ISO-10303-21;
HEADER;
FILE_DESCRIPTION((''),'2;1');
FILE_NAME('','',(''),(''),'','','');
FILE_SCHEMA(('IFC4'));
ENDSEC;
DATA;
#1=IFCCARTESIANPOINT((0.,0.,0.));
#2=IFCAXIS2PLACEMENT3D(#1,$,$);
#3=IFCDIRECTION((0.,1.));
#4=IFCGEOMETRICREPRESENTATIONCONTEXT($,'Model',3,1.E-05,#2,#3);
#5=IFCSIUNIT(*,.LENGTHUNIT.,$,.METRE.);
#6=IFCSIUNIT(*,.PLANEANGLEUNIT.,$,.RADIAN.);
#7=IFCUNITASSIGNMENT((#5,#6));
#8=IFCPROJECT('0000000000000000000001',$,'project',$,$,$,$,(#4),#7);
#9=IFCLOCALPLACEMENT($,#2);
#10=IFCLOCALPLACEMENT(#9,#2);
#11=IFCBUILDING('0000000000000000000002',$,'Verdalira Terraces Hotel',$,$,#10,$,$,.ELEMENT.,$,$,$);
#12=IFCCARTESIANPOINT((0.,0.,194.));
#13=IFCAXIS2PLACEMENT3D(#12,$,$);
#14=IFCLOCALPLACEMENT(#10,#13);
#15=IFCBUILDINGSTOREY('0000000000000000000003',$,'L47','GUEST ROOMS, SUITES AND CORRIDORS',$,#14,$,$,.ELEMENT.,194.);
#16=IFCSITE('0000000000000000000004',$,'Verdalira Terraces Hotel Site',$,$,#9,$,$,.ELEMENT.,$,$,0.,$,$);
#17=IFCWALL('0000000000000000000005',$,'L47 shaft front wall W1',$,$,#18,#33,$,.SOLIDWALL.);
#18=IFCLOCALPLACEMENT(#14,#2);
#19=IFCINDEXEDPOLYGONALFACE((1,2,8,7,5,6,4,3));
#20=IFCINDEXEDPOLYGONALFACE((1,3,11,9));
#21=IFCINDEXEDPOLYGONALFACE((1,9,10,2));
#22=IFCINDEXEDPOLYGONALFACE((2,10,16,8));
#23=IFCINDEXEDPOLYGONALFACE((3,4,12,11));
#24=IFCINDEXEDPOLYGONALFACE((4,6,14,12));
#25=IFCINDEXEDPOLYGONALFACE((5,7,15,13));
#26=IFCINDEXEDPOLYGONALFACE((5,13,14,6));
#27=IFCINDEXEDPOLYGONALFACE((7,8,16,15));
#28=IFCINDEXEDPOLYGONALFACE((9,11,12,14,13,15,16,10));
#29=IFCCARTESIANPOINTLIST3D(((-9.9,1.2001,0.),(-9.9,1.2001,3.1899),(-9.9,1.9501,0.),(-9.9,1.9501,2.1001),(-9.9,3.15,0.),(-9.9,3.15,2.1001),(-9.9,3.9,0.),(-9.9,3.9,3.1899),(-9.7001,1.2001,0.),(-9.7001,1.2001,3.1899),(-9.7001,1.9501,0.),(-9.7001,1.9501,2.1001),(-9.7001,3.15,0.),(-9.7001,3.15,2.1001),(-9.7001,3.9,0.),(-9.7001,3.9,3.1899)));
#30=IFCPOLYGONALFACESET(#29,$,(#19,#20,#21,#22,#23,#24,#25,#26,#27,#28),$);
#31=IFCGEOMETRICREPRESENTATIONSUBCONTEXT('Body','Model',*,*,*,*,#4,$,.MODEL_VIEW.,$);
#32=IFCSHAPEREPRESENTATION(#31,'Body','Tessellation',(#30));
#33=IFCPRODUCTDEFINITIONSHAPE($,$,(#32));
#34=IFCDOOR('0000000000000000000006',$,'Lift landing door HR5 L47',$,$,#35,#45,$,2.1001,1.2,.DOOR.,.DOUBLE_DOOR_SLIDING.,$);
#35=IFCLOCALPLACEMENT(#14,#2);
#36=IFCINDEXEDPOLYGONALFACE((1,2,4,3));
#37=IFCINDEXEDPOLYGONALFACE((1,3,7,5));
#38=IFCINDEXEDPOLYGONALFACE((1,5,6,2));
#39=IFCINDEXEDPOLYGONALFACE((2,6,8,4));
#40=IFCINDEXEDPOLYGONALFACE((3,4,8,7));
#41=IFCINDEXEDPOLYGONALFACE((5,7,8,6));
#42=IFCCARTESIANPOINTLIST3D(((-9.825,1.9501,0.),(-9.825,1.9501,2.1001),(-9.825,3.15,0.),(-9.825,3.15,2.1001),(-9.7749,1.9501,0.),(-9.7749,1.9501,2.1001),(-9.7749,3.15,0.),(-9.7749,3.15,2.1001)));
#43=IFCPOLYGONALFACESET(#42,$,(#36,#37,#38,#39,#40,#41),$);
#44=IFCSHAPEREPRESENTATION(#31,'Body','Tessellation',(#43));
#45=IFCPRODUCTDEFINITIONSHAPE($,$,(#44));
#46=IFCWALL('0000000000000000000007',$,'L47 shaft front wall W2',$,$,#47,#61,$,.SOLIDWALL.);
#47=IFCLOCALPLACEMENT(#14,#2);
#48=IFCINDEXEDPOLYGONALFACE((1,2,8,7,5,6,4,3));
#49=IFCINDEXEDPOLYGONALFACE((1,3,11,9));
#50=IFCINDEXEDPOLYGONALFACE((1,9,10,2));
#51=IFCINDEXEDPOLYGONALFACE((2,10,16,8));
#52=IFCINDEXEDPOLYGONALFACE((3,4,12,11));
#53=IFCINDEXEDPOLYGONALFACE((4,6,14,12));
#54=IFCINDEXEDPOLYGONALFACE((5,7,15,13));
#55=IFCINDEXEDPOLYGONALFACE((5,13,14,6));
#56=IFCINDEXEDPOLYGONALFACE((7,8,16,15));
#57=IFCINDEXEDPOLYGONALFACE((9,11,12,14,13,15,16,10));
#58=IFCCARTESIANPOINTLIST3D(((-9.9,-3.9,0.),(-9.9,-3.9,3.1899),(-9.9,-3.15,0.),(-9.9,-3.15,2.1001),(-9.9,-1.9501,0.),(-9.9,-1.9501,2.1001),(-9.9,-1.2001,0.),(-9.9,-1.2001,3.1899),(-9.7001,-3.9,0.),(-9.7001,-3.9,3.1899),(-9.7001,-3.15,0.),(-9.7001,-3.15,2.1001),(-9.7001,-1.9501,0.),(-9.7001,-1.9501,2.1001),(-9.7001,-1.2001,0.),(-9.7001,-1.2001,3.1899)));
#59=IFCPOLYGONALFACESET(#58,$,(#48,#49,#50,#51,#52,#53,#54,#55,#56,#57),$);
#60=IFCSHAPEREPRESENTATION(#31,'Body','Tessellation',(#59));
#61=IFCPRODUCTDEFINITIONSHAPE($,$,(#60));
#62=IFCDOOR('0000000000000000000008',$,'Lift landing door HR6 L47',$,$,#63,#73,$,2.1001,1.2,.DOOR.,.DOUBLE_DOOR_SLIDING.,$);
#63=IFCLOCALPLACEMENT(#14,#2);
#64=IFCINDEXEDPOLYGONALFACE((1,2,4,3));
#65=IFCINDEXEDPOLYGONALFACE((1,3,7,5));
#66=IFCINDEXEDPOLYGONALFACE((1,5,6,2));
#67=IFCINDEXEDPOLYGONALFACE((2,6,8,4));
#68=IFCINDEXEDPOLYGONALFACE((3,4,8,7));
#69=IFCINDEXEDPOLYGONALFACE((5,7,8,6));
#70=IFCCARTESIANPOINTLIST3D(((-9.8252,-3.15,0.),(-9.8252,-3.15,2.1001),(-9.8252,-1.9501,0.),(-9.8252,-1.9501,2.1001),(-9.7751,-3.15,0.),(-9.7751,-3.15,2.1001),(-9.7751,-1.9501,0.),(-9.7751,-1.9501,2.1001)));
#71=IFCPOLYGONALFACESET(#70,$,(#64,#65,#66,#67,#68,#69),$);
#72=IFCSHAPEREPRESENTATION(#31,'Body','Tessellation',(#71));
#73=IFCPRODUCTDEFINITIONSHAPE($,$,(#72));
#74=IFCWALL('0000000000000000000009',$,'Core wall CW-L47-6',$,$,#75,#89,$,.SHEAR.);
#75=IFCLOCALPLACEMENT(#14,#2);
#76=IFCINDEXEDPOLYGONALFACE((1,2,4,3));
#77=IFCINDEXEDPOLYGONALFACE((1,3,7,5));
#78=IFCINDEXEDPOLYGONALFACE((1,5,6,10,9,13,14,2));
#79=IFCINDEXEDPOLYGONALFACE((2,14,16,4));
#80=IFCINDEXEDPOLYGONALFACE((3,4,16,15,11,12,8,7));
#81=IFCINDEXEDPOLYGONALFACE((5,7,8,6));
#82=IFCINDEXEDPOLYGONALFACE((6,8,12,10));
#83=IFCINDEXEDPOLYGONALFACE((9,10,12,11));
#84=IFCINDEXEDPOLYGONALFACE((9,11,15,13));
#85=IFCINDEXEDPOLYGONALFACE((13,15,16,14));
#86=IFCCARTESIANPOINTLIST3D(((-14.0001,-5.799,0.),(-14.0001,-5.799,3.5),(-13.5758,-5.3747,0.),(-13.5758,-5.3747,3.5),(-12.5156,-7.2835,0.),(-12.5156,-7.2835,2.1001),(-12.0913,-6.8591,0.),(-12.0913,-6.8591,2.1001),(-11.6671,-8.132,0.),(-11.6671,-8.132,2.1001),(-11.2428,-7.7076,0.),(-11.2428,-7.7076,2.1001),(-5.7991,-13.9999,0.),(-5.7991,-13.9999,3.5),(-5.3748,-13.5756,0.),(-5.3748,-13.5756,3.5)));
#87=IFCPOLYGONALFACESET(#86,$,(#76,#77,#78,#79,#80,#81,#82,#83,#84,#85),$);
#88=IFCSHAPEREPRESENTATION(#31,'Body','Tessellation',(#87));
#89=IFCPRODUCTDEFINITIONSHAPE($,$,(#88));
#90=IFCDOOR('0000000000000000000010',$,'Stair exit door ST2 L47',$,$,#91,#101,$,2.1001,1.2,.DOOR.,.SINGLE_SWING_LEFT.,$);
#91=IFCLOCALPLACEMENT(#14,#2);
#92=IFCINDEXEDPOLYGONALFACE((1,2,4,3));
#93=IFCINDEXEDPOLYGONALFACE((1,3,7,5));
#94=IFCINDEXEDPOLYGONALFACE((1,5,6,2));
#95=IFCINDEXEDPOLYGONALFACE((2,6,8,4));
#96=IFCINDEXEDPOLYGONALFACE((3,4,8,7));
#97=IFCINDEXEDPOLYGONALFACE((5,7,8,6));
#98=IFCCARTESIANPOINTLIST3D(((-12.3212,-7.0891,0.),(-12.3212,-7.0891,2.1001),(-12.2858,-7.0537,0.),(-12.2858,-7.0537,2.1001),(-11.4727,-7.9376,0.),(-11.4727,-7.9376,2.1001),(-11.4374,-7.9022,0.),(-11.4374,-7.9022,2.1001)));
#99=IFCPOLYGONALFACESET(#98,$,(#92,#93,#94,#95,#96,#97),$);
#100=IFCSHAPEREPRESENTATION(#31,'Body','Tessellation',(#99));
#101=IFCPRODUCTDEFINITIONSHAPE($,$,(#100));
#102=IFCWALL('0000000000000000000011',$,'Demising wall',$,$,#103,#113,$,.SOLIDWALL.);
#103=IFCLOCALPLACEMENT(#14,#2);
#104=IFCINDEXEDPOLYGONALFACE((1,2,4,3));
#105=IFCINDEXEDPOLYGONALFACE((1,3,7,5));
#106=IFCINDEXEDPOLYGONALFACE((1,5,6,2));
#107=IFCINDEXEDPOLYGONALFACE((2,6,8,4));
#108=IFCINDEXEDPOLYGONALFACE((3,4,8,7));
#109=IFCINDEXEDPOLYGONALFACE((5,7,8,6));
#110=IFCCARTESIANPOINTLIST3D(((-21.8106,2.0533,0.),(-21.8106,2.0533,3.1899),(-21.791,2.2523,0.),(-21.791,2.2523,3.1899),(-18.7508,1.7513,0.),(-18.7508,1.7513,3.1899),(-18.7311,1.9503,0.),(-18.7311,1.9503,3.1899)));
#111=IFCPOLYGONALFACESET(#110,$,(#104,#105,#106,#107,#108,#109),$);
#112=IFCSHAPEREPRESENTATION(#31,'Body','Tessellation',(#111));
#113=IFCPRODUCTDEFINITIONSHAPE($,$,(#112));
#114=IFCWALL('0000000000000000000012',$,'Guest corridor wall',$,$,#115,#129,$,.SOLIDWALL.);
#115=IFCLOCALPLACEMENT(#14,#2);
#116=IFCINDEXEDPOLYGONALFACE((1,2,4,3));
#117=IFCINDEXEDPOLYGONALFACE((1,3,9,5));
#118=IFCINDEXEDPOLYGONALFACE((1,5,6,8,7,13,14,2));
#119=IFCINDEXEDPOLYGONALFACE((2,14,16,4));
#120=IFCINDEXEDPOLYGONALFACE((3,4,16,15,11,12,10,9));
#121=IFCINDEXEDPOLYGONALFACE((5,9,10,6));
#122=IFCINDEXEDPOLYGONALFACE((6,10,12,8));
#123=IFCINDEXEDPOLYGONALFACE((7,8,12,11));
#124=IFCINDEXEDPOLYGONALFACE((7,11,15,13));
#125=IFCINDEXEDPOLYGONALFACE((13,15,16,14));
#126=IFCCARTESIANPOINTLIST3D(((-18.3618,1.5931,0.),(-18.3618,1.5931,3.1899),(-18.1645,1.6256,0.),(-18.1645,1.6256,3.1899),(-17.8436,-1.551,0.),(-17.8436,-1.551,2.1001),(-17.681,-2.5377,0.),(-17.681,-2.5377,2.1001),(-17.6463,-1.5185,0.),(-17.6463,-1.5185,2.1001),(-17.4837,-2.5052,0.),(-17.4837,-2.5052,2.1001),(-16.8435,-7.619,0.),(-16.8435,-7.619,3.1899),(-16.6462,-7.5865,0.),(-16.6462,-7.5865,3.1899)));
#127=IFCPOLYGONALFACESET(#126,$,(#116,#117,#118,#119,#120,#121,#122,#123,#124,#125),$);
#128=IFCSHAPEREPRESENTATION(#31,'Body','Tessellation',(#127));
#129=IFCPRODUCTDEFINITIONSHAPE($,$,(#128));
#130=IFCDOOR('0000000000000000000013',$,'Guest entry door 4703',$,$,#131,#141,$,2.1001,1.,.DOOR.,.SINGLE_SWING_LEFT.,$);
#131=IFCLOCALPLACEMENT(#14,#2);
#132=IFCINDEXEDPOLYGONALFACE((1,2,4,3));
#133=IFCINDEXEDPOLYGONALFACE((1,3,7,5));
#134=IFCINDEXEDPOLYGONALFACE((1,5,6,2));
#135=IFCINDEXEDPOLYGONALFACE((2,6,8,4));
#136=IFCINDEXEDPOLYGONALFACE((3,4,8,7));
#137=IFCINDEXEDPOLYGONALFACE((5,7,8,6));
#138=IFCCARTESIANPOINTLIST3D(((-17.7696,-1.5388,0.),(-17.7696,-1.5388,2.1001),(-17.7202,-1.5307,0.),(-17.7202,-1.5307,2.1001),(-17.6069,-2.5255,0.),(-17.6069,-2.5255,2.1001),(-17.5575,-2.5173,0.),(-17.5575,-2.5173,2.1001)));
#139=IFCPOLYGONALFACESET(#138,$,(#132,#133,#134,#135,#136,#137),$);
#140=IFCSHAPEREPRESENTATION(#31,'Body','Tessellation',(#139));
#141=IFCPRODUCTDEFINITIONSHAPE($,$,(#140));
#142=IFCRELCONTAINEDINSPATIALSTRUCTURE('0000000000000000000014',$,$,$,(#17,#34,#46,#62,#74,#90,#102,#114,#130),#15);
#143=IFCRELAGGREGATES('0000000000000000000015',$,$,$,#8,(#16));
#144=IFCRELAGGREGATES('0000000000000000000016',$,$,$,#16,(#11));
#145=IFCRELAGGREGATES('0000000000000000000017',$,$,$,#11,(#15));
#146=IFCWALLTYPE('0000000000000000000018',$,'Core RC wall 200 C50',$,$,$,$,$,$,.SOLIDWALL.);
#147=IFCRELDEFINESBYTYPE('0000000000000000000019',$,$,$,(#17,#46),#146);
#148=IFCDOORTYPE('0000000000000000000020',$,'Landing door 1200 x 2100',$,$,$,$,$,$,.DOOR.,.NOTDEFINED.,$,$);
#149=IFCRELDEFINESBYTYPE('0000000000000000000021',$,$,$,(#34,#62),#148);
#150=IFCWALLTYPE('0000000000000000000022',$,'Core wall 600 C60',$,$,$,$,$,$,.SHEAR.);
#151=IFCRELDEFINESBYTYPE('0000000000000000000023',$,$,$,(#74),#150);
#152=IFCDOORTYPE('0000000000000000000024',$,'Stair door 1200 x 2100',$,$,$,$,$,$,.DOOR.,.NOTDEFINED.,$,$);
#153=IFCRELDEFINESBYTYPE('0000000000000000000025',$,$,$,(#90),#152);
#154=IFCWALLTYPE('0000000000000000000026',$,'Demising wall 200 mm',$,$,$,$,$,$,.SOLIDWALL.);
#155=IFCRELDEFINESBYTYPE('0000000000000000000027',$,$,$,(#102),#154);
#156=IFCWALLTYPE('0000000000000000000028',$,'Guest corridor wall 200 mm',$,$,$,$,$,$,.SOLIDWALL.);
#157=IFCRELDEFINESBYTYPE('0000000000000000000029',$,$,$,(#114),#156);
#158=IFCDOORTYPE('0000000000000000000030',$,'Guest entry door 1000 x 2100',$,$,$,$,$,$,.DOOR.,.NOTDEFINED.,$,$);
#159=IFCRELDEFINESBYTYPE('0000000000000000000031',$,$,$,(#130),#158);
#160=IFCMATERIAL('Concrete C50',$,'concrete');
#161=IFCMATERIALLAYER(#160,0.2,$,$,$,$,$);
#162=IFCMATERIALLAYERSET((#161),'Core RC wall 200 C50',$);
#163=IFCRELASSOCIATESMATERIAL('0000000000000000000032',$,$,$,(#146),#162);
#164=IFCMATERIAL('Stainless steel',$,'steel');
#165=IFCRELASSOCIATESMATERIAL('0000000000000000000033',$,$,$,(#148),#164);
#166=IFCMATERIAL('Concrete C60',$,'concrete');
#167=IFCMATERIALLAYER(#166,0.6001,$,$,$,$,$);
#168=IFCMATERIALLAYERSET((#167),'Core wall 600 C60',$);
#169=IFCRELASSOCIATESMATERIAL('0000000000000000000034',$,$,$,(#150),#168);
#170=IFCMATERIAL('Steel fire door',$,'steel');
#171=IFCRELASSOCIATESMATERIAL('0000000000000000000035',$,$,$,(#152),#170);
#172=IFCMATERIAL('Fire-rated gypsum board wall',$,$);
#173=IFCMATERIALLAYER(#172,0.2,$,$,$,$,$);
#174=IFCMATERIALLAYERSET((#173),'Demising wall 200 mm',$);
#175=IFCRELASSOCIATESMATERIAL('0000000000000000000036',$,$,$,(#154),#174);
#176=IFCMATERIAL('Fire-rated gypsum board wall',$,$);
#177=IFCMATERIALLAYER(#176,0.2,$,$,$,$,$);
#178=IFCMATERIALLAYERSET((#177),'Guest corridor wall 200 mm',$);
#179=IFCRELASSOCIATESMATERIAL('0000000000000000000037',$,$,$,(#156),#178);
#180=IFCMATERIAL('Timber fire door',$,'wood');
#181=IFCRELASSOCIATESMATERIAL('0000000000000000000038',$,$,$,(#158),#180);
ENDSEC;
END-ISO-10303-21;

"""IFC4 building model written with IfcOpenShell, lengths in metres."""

from ifc_helpers import new_model, si_unit, direction, frame, frame_2d, origin, place, context, subcontext, project, spatial, rectangle, extrude, material, layer, layer_set, type_object, element, fill, save


model = new_model("IFC4")

# Units and contexts
model_context = context("Model", 3, precision=1e-05, world=origin(), true_north=direction((0.0, 1.0)))
body_context = subcontext(model_context, "Body", "Model", "MODEL_VIEW")
ifc_project = project(units=[si_unit("LENGTHUNIT", "METRE"), si_unit("PLANEANGLEUNIT", "RADIAN")], contexts=[model_context])

# Site, building, storey
site_placement = place(None, origin())
site = spatial("IfcSite", under=ifc_project, at=site_placement, Name="Verdalira Terraces Hotel Site", CompositionType="ELEMENT", RefElevation=0.0)
building_placement = place(site_placement, origin())
building = spatial("IfcBuilding", under=site, at=building_placement, Name="Verdalira Terraces Hotel", CompositionType="ELEMENT")
storey_placement = place(building_placement, frame((0.0, 0.0, 194.0)))
storey = spatial("IfcBuildingStorey", under=building, at=storey_placement, Name="L47", Description="GUEST ROOMS, SUITES AND CORRIDORS", CompositionType="ELEMENT", Elevation=194.0)

# Walls, openings, doors
ifc_material_1 = material(Name="Concrete C50", Category="concrete")
ifc_layer_1 = layer(ifc_material_1, 0.2)
ifc_layer_set_1 = layer_set([ifc_layer_1], Name="Core RC wall 200 C50")
wall_type_1 = type_object("IfcWallType", Name="Core RC wall 200 C50", PredefinedType="SOLIDWALL", material=ifc_layer_set_1)
wall_1_placement = place(storey_placement, frame((-9.8, 1.2, 0.0), z_axis=(0.0, 0.0, 1.0), x_axis=(0.0, 1.0, 0.0)))
wall_1 = element("IfcWall", 1, at=wall_1_placement, inside=storey, type_object=wall_type_1, Name="L47 shaft front wall W1", PredefinedType="SOLIDWALL", context=body_context, shape_type="SweptSolid", body=[
    extrude(rectangle(XDim=2.7, YDim=0.2, at=frame_2d((1.3501, 0.0))), origin(), (0.0, 0.0, 1.0), 3.1899),
])
opening_1_placement = place(wall_1_placement, frame((0.75, 0.0, 0.0)))
opening_1 = element("IfcOpeningElement", 2, at=opening_1_placement, cuts=wall_1, PredefinedType="OPENING", context=body_context, shape_type="SweptSolid", body=[
    extrude(rectangle(XDim=1.2, YDim=2.1001, at=frame_2d((0.6001, 1.05))), frame((0.0, 0.1099, 0.0), z_axis=(0.0, -1.0, 0.0), x_axis=(1.0, 0.0, 0.0)), (0.0, 0.0, 1.0), 0.22),
])
ifc_material_2 = material(Name="Stainless steel", Category="steel")
door_type_1 = type_object("IfcDoorType", Name="Landing door 1200 x 2100", OperationType="NOTDEFINED", PredefinedType="DOOR", material=ifc_material_2)
door_1_placement = place(opening_1_placement, origin())
door_1 = element("IfcDoor", 3, at=door_1_placement, inside=storey, type_object=door_type_1, Name="Lift landing door HR5 L47", OperationType="DOUBLE_DOOR_SLIDING", OverallHeight=2.1001, OverallWidth=1.2, PredefinedType="DOOR", context=body_context, shape_type="SweptSolid", body=[
    extrude(rectangle(XDim=1.2, YDim=2.1001, at=frame_2d((0.6001, 1.05))), frame((0.0, 0.0249, 0.0), z_axis=(0.0, -1.0, 0.0), x_axis=(1.0, 0.0, 0.0)), (0.0, 0.0, 1.0), 0.05),
])
fill(opening_1, door_1)
wall_2_placement = place(storey_placement, frame((-9.8, -1.2, 0.0), z_axis=(0.0, 0.0, 1.0), x_axis=(0.0, -1.0, 0.0)))
wall_2 = element("IfcWall", 4, at=wall_2_placement, inside=storey, type_object=wall_type_1, Name="L47 shaft front wall W2", PredefinedType="SOLIDWALL", context=body_context, shape_type="SweptSolid", body=[
    extrude(rectangle(XDim=2.7, YDim=0.2, at=frame_2d((1.3501, 0.0))), origin(), (0.0, 0.0, 1.0), 3.1899),
])
opening_2_placement = place(wall_2_placement, frame((0.75, 0.0, 0.0)))
opening_2 = element("IfcOpeningElement", 5, at=opening_2_placement, cuts=wall_2, PredefinedType="OPENING", context=body_context, shape_type="SweptSolid", body=[
    extrude(rectangle(XDim=1.2, YDim=2.1001, at=frame_2d((0.6001, 1.05))), frame((0.0, 0.1099, 0.0), z_axis=(0.0, -1.0, 0.0), x_axis=(1.0, 0.0, 0.0)), (0.0, 0.0, 1.0), 0.22),
])
door_2_placement = place(opening_2_placement, origin())
door_2 = element("IfcDoor", 6, at=door_2_placement, inside=storey, type_object=door_type_1, Name="Lift landing door HR6 L47", OperationType="DOUBLE_DOOR_SLIDING", OverallHeight=2.1001, OverallWidth=1.2, PredefinedType="DOOR", context=body_context, shape_type="SweptSolid", body=[
    extrude(rectangle(XDim=1.2, YDim=2.1001, at=frame_2d((0.6001, 1.05))), frame((0.0, 0.0249, 0.0), z_axis=(0.0, -1.0, 0.0), x_axis=(1.0, 0.0, 0.0)), (0.0, 0.0, 1.0), 0.05),
])
fill(opening_2, door_2)
ifc_material_3 = material(Name="Concrete C60", Category="concrete")
ifc_layer_2 = layer(ifc_material_3, 0.6001)
ifc_layer_set_2 = layer_set([ifc_layer_2], Name="Core wall 600 C60")
wall_type_2 = type_object("IfcWallType", Name="Core wall 600 C60", PredefinedType="SHEAR", material=ifc_layer_set_2)
wall_3_placement = place(storey_placement, frame((-13.7878, -5.5869, 0.0), z_axis=(0.0, 0.0, 1.0), x_axis=(0.707107, -0.707107, 0.0)))
wall_3 = element("IfcWall", 7, at=wall_3_placement, inside=storey, type_object=wall_type_2, Name="Core wall CW-L47-6", PredefinedType="SHEAR", context=body_context, shape_type="SweptSolid", body=[
    extrude(rectangle(XDim=11.5979, YDim=0.6001, at=frame_2d((5.7988, 0.0))), origin(), (0.0, 0.0, 1.0), 3.5),
])
opening_3_placement = place(wall_3_placement, frame((2.0991, 0.0, 0.0)))
opening_3 = element("IfcOpeningElement", 8, at=opening_3_placement, cuts=wall_3, PredefinedType="OPENING", context=body_context, shape_type="SweptSolid", body=[
    extrude(rectangle(XDim=1.2, YDim=2.1001, at=frame_2d((0.6001, 1.05))), frame((0.0, 0.3101, 0.0), z_axis=(0.0, -1.0, 0.0), x_axis=(1.0, 0.0, 0.0)), (0.0, 0.0, 1.0), 0.6201),
])
ifc_material_4 = material(Name="Steel fire door", Category="steel")
door_type_2 = type_object("IfcDoorType", Name="Stair door 1200 x 2100", OperationType="NOTDEFINED", PredefinedType="DOOR", material=ifc_material_4)
door_3_placement = place(opening_3_placement, origin())
door_3 = element("IfcDoor", 9, at=door_3_placement, inside=storey, type_object=door_type_2, Name="Stair exit door ST2 L47", OperationType="SINGLE_SWING_LEFT", OverallHeight=2.1001, OverallWidth=1.2, PredefinedType="DOOR", context=body_context, shape_type="SweptSolid", body=[
    extrude(rectangle(XDim=1.2, YDim=2.1001, at=frame_2d((0.6001, 1.05))), frame((0.0, 0.0249, 0.0), z_axis=(0.0, -1.0, 0.0), x_axis=(1.0, 0.0, 0.0)), (0.0, 0.0, 1.0), 0.05),
])
fill(opening_3, door_3)

# Wall
ifc_material_5 = material(Name="Fire-rated gypsum board wall")
ifc_layer_3 = layer(ifc_material_5, 0.2)
ifc_layer_set_3 = layer_set([ifc_layer_3], Name="Demising wall 200 mm")
wall_type_3 = type_object("IfcWallType", Name="Demising wall 200 mm", PredefinedType="SOLIDWALL", material=ifc_layer_set_3)
wall_4_placement = place(storey_placement, frame((-18.741, 1.8508, 0.0), z_axis=(0.0, 0.0, 1.0), x_axis=(-0.995165, 0.098222, 0.0)))
element("IfcWall", 10, at=wall_4_placement, inside=storey, type_object=wall_type_3, Name="Demising wall", PredefinedType="SOLIDWALL", context=body_context, shape_type="SweptSolid", body=[
    extrude(rectangle(XDim=3.0747, YDim=0.2, at=frame_2d((1.5374, 0.0))), origin(), (0.0, 0.0, 1.0), 3.1899),
])

# Wall, opening, door
ifc_material_6 = material(Name="Fire-rated gypsum board wall")
ifc_layer_4 = layer(ifc_material_6, 0.2)
ifc_layer_set_4 = layer_set([ifc_layer_4], Name="Guest corridor wall 200 mm")
wall_type_4 = type_object("IfcWallType", Name="Guest corridor wall 200 mm", PredefinedType="SOLIDWALL", material=ifc_layer_set_4)
wall_5_placement = place(storey_placement, frame((-16.7449, -7.6028, 0.0), z_axis=(0.0, 0.0, 1.0), x_axis=(-0.162622, 0.986688, 0.0)))
wall_5 = element("IfcWall", 11, at=wall_5_placement, inside=storey, type_object=wall_type_4, Name="Guest corridor wall", PredefinedType="SOLIDWALL", context=body_context, shape_type="SweptSolid", body=[
    extrude(rectangle(XDim=9.3364, YDim=0.2, at=frame_2d((4.6682, 0.0))), origin(), (0.0, 0.0, 1.0), 3.1899),
])
opening_4_placement = place(wall_5_placement, frame((5.1499, 0.0, 0.0)))
opening_4 = element("IfcOpeningElement", 12, at=opening_4_placement, cuts=wall_5, PredefinedType="OPENING", context=body_context, shape_type="SweptSolid", body=[
    extrude(rectangle(XDim=1.0, YDim=2.1001, at=frame_2d((0.5, 1.05))), frame((0.0, 0.1099, 0.0), z_axis=(0.0, -1.0, 0.0), x_axis=(1.0, 0.0, 0.0)), (0.0, 0.0, 1.0), 0.22),
])
ifc_material_7 = material(Name="Timber fire door", Category="wood")
door_type_3 = type_object("IfcDoorType", Name="Guest entry door 1000 x 2100", OperationType="NOTDEFINED", PredefinedType="DOOR", material=ifc_material_7)
door_4_placement = place(opening_4_placement, origin())
door_4 = element("IfcDoor", 13, at=door_4_placement, inside=storey, type_object=door_type_3, Name="Guest entry door 4703", OperationType="SINGLE_SWING_LEFT", OverallHeight=2.1001, OverallWidth=1.0, PredefinedType="DOOR", context=body_context, shape_type="SweptSolid", body=[
    extrude(rectangle(XDim=1.0, YDim=2.1001, at=frame_2d((0.5, 1.05))), frame((0.0, 0.0249, 0.0), z_axis=(0.0, -1.0, 0.0), x_axis=(1.0, 0.0, 0.0)), (0.0, 0.0, 1.0), 0.05),
])
fill(opening_4, door_4)

save(model, "model.ifc")
